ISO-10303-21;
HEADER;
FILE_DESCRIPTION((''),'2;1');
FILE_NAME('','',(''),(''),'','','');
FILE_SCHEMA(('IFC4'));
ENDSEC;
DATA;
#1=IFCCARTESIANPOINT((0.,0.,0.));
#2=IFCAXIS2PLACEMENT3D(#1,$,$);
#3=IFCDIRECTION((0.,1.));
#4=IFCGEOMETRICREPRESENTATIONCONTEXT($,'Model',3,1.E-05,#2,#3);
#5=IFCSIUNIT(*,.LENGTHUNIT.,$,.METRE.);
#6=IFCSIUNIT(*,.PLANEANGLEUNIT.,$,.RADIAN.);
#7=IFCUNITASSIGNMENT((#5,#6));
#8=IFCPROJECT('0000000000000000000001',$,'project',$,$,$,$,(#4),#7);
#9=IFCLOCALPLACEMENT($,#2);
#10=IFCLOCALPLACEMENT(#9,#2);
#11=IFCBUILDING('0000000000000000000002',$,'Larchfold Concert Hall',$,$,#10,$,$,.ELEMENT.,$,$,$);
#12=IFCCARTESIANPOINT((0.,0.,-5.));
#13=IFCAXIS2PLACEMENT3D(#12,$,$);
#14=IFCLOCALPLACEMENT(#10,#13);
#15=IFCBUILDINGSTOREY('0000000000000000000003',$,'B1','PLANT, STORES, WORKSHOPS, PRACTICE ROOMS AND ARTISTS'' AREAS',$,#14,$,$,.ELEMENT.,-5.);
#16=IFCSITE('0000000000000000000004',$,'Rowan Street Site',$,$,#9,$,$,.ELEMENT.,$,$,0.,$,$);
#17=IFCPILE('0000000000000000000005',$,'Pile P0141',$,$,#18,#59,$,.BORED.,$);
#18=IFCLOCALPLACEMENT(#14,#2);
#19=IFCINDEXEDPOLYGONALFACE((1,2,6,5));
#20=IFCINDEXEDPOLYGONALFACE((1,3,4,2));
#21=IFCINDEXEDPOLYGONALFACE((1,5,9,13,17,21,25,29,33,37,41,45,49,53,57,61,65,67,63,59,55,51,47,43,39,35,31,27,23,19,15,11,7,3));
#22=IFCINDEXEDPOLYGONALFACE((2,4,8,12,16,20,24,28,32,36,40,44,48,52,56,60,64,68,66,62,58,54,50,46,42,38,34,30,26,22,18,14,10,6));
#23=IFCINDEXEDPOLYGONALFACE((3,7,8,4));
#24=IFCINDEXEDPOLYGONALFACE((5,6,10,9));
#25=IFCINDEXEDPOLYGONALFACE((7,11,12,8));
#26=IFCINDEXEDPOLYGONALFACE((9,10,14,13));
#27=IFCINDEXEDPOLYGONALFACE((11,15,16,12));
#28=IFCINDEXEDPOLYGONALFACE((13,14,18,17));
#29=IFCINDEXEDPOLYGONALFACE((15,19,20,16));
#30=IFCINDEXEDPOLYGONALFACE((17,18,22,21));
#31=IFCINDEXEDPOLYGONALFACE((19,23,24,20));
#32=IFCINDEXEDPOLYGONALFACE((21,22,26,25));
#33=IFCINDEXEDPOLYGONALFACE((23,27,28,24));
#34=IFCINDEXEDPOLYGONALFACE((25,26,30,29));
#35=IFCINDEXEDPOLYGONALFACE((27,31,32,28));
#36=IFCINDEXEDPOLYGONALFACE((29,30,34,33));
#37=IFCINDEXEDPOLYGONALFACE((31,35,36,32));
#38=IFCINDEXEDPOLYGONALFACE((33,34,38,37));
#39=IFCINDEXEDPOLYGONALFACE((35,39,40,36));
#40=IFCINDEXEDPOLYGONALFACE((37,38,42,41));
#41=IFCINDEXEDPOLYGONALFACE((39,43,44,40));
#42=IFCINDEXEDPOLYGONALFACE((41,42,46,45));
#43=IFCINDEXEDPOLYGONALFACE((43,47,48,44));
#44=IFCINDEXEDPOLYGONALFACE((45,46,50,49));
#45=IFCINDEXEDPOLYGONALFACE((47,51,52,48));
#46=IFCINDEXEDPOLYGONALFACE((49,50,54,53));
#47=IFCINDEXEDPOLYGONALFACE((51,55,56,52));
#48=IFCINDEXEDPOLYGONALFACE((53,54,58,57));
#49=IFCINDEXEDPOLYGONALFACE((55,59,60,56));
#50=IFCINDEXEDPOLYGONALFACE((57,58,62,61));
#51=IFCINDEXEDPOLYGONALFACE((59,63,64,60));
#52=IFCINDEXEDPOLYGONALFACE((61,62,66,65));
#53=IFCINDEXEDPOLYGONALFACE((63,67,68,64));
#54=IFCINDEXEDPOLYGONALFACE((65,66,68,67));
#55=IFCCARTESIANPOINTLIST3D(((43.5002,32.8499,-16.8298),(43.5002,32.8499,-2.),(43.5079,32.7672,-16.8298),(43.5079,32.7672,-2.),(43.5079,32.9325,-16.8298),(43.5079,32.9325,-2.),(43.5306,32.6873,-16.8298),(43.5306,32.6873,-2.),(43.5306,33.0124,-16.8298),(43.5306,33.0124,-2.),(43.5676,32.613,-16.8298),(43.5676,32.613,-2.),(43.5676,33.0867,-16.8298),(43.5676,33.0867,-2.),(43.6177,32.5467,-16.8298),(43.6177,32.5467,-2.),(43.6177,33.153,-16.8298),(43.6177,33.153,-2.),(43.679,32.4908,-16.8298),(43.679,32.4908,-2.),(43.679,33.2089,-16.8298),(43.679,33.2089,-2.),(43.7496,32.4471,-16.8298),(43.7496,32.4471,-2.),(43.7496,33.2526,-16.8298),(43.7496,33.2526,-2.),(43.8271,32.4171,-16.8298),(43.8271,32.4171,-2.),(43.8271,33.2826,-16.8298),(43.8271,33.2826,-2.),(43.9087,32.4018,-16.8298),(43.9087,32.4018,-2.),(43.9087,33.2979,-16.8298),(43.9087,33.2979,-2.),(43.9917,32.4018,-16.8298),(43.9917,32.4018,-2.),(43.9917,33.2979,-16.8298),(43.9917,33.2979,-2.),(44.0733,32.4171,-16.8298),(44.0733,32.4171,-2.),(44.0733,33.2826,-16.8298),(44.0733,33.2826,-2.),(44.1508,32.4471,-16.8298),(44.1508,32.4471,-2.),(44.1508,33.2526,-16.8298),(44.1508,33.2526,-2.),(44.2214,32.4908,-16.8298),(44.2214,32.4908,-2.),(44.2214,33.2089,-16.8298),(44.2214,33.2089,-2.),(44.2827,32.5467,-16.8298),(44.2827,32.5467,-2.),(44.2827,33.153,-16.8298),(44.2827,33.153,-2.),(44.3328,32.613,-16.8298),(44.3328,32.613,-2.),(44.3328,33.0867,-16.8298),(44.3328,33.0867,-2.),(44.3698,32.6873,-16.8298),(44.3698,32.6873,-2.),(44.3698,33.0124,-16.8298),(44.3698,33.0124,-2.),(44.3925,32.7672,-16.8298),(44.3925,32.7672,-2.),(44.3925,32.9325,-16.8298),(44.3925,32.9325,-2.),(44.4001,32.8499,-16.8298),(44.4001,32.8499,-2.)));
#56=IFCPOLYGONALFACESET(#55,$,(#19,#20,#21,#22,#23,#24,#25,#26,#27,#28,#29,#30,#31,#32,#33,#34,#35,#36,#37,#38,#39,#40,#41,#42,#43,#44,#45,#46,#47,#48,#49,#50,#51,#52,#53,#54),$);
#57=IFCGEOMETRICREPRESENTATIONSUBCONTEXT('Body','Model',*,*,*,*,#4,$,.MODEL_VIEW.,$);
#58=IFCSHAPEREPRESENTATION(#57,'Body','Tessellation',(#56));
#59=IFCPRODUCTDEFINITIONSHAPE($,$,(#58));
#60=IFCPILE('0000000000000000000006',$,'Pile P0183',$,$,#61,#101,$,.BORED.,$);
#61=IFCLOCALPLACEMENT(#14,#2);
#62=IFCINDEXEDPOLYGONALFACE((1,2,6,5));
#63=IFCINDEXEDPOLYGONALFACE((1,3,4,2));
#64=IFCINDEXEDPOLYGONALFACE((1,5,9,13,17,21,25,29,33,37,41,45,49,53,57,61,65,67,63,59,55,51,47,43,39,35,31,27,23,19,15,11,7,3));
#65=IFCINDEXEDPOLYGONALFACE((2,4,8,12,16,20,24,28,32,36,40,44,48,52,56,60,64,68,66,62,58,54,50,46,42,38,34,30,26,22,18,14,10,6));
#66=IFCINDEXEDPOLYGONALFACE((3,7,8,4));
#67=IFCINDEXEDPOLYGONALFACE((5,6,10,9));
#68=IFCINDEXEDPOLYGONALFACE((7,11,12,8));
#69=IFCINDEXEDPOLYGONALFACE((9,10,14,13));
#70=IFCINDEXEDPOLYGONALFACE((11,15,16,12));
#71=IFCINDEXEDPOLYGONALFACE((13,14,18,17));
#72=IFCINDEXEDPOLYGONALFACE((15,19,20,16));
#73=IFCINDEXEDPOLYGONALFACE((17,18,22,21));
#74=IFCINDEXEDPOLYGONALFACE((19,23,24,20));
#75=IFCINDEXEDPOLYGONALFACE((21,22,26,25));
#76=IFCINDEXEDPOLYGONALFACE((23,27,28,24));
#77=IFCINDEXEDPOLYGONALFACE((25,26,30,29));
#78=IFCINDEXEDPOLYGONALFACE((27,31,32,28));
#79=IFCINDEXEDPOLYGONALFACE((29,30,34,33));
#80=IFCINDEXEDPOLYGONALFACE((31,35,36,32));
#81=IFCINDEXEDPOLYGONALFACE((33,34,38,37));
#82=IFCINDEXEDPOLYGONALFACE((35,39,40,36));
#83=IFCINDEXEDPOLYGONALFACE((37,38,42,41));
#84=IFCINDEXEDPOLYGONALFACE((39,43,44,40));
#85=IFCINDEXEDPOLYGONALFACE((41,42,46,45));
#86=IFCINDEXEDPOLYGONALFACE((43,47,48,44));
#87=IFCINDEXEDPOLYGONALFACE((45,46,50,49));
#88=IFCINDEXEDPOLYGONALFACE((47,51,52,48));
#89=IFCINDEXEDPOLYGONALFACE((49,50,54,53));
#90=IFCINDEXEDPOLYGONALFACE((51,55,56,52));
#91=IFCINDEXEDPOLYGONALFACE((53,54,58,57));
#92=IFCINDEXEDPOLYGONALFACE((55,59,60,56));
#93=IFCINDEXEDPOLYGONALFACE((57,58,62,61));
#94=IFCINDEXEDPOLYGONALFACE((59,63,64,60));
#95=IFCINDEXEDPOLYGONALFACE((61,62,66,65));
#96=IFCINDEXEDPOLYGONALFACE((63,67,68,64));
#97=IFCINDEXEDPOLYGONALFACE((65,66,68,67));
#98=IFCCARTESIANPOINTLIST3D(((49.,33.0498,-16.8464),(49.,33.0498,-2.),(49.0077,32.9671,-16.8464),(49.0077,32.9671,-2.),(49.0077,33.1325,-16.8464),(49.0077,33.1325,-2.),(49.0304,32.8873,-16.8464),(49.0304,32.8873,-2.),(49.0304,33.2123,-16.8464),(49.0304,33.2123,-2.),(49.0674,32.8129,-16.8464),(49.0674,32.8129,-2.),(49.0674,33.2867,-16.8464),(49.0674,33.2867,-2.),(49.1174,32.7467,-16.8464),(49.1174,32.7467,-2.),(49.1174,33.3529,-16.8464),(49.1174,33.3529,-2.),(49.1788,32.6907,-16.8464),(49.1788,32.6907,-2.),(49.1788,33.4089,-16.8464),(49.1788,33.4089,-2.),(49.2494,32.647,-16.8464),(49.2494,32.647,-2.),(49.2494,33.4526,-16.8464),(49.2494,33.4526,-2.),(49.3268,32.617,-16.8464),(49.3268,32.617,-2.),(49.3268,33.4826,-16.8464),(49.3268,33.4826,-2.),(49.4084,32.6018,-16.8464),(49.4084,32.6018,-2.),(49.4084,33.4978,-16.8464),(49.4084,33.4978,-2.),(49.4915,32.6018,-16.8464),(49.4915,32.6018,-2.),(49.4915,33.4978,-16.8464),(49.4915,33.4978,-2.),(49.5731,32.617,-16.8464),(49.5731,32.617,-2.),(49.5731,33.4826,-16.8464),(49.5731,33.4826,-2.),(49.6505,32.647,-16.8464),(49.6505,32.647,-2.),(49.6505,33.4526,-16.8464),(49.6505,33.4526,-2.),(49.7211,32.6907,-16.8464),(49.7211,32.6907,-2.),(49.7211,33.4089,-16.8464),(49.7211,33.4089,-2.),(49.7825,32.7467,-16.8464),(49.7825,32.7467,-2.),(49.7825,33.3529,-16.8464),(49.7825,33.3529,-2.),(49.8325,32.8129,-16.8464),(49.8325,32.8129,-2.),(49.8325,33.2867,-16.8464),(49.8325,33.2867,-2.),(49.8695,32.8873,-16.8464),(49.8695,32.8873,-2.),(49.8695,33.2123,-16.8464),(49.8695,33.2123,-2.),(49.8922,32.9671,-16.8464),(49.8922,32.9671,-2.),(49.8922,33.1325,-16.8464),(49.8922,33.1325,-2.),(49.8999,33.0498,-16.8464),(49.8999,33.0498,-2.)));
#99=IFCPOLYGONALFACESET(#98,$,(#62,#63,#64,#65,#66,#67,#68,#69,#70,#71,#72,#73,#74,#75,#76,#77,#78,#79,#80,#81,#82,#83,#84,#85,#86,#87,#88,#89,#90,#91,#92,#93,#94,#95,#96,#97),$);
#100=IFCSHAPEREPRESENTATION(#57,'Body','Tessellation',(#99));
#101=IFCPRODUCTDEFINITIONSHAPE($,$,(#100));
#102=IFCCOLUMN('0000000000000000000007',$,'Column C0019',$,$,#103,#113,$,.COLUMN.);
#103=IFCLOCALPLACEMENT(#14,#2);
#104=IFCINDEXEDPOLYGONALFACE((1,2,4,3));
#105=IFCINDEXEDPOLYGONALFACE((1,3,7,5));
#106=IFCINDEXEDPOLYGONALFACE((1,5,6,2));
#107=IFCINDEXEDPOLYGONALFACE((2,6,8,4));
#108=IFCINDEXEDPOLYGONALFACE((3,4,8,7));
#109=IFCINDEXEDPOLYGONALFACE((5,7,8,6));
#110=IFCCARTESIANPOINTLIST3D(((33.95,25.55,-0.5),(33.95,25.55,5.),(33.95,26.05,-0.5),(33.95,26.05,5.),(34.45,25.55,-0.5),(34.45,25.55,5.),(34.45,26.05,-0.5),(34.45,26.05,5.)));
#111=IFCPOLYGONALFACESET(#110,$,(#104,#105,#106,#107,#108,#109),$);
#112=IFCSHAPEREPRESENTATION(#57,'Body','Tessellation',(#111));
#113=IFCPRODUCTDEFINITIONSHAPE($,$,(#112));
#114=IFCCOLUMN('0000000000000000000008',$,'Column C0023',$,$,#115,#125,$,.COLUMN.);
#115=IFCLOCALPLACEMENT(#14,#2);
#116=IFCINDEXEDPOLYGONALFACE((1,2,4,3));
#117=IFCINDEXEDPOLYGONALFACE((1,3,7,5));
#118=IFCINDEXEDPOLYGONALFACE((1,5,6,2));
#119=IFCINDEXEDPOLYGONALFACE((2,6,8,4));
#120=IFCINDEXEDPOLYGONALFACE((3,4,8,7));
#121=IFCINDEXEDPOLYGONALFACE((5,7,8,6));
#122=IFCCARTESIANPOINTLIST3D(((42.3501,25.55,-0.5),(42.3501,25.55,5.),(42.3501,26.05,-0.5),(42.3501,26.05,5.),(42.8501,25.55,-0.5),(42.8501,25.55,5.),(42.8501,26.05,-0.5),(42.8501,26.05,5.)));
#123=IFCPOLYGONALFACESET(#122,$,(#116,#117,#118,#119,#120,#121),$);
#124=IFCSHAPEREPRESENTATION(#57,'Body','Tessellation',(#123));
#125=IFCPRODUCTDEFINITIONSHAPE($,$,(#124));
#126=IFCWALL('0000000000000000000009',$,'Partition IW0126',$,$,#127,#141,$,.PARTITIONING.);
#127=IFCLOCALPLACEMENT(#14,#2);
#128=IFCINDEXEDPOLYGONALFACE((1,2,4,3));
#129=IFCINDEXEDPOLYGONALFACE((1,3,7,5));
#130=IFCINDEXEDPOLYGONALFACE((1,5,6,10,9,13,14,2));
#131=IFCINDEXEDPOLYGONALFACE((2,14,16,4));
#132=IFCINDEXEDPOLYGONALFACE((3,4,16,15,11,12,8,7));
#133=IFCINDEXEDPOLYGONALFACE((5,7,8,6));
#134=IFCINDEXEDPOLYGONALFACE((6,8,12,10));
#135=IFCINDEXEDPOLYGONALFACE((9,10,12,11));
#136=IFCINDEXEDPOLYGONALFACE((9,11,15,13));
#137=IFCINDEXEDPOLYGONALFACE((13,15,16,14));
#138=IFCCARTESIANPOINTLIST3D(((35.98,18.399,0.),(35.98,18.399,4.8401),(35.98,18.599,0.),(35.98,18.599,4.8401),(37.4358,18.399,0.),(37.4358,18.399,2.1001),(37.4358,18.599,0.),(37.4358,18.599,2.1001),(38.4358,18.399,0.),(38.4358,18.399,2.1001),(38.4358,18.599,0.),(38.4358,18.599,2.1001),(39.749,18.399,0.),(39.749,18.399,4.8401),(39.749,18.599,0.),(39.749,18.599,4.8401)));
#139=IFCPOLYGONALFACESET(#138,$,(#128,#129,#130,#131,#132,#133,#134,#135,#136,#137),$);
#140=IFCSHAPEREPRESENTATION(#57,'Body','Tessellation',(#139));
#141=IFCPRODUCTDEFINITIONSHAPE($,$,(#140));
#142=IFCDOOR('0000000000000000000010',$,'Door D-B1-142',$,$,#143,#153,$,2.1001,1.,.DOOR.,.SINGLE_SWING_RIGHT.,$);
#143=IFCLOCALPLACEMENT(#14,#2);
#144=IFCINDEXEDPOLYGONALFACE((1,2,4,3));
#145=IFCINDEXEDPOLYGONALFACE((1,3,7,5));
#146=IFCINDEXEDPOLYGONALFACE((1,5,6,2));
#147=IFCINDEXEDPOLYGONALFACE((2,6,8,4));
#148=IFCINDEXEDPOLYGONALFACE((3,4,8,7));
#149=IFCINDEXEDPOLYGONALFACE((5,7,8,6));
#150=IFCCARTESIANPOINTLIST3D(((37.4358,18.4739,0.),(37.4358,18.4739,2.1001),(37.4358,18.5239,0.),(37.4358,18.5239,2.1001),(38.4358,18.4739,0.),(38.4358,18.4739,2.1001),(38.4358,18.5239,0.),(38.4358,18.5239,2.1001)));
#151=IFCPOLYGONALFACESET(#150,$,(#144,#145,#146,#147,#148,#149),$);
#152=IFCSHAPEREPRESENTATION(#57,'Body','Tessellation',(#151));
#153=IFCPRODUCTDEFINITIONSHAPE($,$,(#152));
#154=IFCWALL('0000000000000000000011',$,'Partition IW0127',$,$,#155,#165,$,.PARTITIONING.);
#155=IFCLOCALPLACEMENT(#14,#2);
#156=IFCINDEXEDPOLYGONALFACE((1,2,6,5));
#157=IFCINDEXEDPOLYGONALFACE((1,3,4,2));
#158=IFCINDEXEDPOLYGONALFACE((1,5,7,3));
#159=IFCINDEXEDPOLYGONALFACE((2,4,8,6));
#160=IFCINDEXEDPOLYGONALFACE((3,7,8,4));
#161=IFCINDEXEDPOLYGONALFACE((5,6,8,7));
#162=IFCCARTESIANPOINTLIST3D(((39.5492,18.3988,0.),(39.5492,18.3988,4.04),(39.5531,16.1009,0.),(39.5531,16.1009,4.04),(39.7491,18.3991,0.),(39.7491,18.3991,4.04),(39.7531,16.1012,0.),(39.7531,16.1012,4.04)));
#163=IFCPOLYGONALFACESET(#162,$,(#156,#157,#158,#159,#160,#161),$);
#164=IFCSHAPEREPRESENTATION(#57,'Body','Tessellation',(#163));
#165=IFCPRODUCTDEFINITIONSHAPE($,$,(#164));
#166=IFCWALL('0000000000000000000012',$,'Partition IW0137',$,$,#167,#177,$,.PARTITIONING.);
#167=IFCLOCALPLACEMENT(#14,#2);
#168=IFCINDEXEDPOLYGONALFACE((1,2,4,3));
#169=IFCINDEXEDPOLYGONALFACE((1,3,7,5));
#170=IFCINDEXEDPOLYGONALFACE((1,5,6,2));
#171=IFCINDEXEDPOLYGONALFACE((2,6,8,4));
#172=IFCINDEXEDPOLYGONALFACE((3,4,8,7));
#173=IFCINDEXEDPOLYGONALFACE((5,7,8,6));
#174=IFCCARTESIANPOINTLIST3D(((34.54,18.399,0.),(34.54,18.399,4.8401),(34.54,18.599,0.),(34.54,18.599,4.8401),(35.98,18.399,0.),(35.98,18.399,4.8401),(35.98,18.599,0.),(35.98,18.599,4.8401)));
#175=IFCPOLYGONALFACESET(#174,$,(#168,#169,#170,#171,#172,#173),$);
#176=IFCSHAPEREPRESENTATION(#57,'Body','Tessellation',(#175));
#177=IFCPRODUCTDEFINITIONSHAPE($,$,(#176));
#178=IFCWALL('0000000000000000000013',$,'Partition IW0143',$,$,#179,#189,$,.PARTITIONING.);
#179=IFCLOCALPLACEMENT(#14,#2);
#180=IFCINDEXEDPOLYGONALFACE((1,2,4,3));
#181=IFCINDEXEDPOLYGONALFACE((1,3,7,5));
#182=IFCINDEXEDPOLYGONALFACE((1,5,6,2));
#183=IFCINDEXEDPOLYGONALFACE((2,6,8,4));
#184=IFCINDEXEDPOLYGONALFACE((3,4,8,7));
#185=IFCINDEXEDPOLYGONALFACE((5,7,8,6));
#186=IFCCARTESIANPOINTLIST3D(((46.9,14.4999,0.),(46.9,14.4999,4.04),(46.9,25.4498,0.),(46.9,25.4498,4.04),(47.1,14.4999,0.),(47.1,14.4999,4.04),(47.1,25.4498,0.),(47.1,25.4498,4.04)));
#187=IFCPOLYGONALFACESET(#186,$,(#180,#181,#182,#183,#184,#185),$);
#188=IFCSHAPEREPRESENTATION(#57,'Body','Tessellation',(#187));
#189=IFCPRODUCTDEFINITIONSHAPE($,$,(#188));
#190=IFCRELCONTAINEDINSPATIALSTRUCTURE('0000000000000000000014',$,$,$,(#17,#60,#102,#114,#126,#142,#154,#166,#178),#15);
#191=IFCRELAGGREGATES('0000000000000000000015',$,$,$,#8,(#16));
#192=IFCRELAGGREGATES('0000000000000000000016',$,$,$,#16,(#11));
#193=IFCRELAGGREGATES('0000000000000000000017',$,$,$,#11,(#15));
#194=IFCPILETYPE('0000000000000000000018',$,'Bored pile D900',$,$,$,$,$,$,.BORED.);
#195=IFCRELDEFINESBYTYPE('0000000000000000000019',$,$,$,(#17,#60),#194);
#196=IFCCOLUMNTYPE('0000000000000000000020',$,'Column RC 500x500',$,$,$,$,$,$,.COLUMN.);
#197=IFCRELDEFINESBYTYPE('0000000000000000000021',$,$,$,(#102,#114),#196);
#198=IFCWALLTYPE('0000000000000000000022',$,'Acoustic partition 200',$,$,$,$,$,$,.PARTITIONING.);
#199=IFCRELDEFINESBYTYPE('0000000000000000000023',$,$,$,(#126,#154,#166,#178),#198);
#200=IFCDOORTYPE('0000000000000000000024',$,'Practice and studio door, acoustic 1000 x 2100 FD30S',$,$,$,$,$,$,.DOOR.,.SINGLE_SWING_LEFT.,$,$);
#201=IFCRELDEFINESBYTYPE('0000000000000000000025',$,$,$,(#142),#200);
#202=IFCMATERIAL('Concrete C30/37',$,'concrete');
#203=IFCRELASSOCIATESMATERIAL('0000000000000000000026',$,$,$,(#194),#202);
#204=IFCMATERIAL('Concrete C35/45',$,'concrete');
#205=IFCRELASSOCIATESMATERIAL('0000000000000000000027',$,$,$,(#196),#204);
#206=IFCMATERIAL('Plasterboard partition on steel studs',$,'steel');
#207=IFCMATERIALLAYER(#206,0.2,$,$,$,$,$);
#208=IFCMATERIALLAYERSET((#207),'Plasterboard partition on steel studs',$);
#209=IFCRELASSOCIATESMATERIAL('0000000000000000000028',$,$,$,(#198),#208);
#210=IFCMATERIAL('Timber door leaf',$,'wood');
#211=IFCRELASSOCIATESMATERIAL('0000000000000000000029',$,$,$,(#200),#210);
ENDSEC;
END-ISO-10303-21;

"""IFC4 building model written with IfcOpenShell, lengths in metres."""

from ifc_helpers import new_model, si_unit, direction, frame, frame_2d, origin, origin_2d, place, context, subcontext, project, spatial, rectangle, circle, extrude, material, layer, layer_set, material_profile, profile_set, type_object, element, fill, save


model = new_model("IFC4")

# Units and contexts
model_context = context("Model", 3, precision=1e-05, world=origin(), true_north=direction((0.0, 1.0)))
body_context = subcontext(model_context, "Body", "Model", "MODEL_VIEW")
ifc_project = project(units=[si_unit("LENGTHUNIT", "METRE"), si_unit("PLANEANGLEUNIT", "RADIAN")], contexts=[model_context])

# Site, building, storey
site_placement = place(None, origin())
site = spatial("IfcSite", under=ifc_project, at=site_placement, Name="Rowan Street Site", CompositionType="ELEMENT", RefElevation=0.0)
building_placement = place(site_placement, origin())
building = spatial("IfcBuilding", under=site, at=building_placement, Name="Larchfold Concert Hall", CompositionType="ELEMENT")
storey_placement = place(building_placement, frame((0.0, 0.0, -5.0)))
storey = spatial("IfcBuildingStorey", under=building, at=storey_placement, Name="B1", Description="PLANT, STORES, WORKSHOPS, PRACTICE ROOMS AND ARTISTS' AREAS", CompositionType="ELEMENT", Elevation=-5.0)

# Piles
ifc_material_1 = material(Name="Concrete C30/37", Category="concrete")
ifc_material_profile_1 = material_profile(ifc_material_1, circle(Radius=0.45, at=origin_2d()))
ifc_profile_set_1 = profile_set([ifc_material_profile_1], Name="Concrete C30/37")
pile_type_1 = type_object("IfcPileType", Name="Bored pile D900", PredefinedType="BORED", material=ifc_profile_set_1)
for number, where, z_axis, x_axis, name in (
    (1, (43.9502, 32.8499, -2.0), (0.0, 0.0, -1.0), (1.0, 0.0, 0.0), "Pile P0141"),
):
    element("IfcPile", number, at=place(storey_placement, frame(where, z_axis=z_axis, x_axis=x_axis)), inside=storey, type_object=pile_type_1, Name=name, PredefinedType="BORED", context=body_context, shape_type="SweptSolid", body=[
        extrude(circle(Radius=0.45, at=origin_2d()), origin(), (0.0, 0.0, 1.0), 14.8298),
    ])
pile_1_placement = place(storey_placement, frame((49.45, 33.0498, -2.0), z_axis=(0.0, 0.0, -1.0), x_axis=(1.0, 0.0, 0.0)))
element("IfcPile", 2, at=pile_1_placement, inside=storey, type_object=pile_type_1, Name="Pile P0183", PredefinedType="BORED", context=body_context, shape_type="SweptSolid", body=[
    extrude(circle(Radius=0.45, at=origin_2d()), origin(), (0.0, 0.0, 1.0), 14.8464),
])

# Columns
ifc_material_2 = material(Name="Concrete C35/45", Category="concrete")
ifc_material_profile_2 = material_profile(ifc_material_2, rectangle(XDim=0.5, YDim=0.5, at=origin_2d()))
ifc_profile_set_2 = profile_set([ifc_material_profile_2], Name="Concrete C35/45")
column_type = type_object("IfcColumnType", Name="Column RC 500x500", PredefinedType="COLUMN", material=ifc_profile_set_2)
for number, where, z_axis, x_axis, name in (
    (3, (34.2, 25.8, -0.5), (0.0, 0.0, 1.0), (1.0, 0.0, 0.0), "Column C0019"),
    (4, (42.6001, 25.8, -0.5), (0.0, 0.0, 1.0), (1.0, 0.0, 0.0), "Column C0023"),
):
    element("IfcColumn", number, at=place(storey_placement, frame(where, z_axis=z_axis, x_axis=x_axis)), inside=storey, type_object=column_type, Name=name, PredefinedType="COLUMN", context=body_context, shape_type="SweptSolid", body=[
        extrude(rectangle(XDim=0.5, YDim=0.5, at=origin_2d()), origin(), (0.0, 0.0, 1.0), 5.5),
    ])

# Wall, opening, door
ifc_material_3 = material(Name="Plasterboard partition on steel studs", Category="steel")
ifc_layer_1 = layer(ifc_material_3, 0.2)
ifc_layer_set_1 = layer_set([ifc_layer_1], Name="Plasterboard partition on steel studs")
wall_type_1 = type_object("IfcWallType", Name="Acoustic partition 200", PredefinedType="PARTITIONING", material=ifc_layer_set_1)
wall_1_placement = place(storey_placement, frame((35.98, 18.499, 0.0), z_axis=(0.0, 0.0, 1.0), x_axis=(1.0, 0.0, 0.0)))
wall_1 = element("IfcWall", 5, at=wall_1_placement, inside=storey, type_object=wall_type_1, Name="Partition IW0126", PredefinedType="PARTITIONING", context=body_context, shape_type="SweptSolid", body=[
    extrude(rectangle(XDim=3.769, YDim=0.2, at=frame_2d((1.8845, 0.0))), origin(), (0.0, 0.0, 1.0), 4.8401),
])
opening_placement = place(wall_1_placement, frame((1.4558, 0.0, 0.0)))
opening = element("IfcOpeningElement", 6, at=opening_placement, cuts=wall_1, PredefinedType="OPENING", context=body_context, shape_type="SweptSolid", body=[
    extrude(rectangle(XDim=1.0, YDim=2.1001, at=frame_2d((0.5, 1.05))), frame((0.0, 0.1099, 0.0), z_axis=(0.0, -1.0, 0.0), x_axis=(1.0, 0.0, 0.0)), (0.0, 0.0, 1.0), 0.22),
])
ifc_material_4 = material(Name="Timber door leaf", Category="wood")
door_type = type_object("IfcDoorType", Name="Practice and studio door, acoustic 1000 x 2100 FD30S", OperationType="SINGLE_SWING_LEFT", PredefinedType="DOOR", material=ifc_material_4)
door_placement = place(opening_placement, origin())
door = element("IfcDoor", 7, at=door_placement, inside=storey, type_object=door_type, Name="Door D-B1-142", OperationType="SINGLE_SWING_RIGHT", OverallHeight=2.1001, OverallWidth=1.0, PredefinedType="DOOR", context=body_context, shape_type="SweptSolid", body=[
    extrude(rectangle(XDim=1.0, YDim=2.1001, at=frame_2d((0.5, 1.05))), frame((0.0, 0.0249, 0.0), z_axis=(0.0, -1.0, 0.0), x_axis=(1.0, 0.0, 0.0)), (0.0, 0.0, 1.0), 0.05),
])
fill(opening, door)

# Walls
wall_2_placement = place(storey_placement, frame((39.6492, 18.3989, 0.0), z_axis=(0.0, 0.0, 1.0), x_axis=(0.0017, -0.999999, 0.0)))
element("IfcWall", 8, at=wall_2_placement, inside=storey, type_object=wall_type_1, Name="Partition IW0127", PredefinedType="PARTITIONING", context=body_context, shape_type="SweptSolid", body=[
    extrude(rectangle(XDim=2.2979, YDim=0.2, at=frame_2d((1.1489, 0.0))), origin(), (0.0, 0.0, 1.0), 4.04),
])
wall_3_placement = place(storey_placement, frame((34.54, 18.499, 0.0), z_axis=(0.0, 0.0, 1.0), x_axis=(1.0, 0.0, 0.0)))
element("IfcWall", 9, at=wall_3_placement, inside=storey, type_object=wall_type_1, Name="Partition IW0137", PredefinedType="PARTITIONING", context=body_context, shape_type="SweptSolid", body=[
    extrude(rectangle(XDim=1.4399, YDim=0.2, at=frame_2d((0.72, 0.0))), origin(), (0.0, 0.0, 1.0), 4.8401),
])
wall_4_placement = place(storey_placement, frame((47.0, 25.45, 0.0), z_axis=(0.0, 0.0, 1.0), x_axis=(0.0, -1.0, 0.0)))
element("IfcWall", 10, at=wall_4_placement, inside=storey, type_object=wall_type_1, Name="Partition IW0143", PredefinedType="PARTITIONING", context=body_context, shape_type="SweptSolid", body=[
    extrude(rectangle(XDim=10.95, YDim=0.2, at=frame_2d((5.4751, 0.0))), origin(), (0.0, 0.0, 1.0), 4.04),
])

save(model, "model.ifc")
